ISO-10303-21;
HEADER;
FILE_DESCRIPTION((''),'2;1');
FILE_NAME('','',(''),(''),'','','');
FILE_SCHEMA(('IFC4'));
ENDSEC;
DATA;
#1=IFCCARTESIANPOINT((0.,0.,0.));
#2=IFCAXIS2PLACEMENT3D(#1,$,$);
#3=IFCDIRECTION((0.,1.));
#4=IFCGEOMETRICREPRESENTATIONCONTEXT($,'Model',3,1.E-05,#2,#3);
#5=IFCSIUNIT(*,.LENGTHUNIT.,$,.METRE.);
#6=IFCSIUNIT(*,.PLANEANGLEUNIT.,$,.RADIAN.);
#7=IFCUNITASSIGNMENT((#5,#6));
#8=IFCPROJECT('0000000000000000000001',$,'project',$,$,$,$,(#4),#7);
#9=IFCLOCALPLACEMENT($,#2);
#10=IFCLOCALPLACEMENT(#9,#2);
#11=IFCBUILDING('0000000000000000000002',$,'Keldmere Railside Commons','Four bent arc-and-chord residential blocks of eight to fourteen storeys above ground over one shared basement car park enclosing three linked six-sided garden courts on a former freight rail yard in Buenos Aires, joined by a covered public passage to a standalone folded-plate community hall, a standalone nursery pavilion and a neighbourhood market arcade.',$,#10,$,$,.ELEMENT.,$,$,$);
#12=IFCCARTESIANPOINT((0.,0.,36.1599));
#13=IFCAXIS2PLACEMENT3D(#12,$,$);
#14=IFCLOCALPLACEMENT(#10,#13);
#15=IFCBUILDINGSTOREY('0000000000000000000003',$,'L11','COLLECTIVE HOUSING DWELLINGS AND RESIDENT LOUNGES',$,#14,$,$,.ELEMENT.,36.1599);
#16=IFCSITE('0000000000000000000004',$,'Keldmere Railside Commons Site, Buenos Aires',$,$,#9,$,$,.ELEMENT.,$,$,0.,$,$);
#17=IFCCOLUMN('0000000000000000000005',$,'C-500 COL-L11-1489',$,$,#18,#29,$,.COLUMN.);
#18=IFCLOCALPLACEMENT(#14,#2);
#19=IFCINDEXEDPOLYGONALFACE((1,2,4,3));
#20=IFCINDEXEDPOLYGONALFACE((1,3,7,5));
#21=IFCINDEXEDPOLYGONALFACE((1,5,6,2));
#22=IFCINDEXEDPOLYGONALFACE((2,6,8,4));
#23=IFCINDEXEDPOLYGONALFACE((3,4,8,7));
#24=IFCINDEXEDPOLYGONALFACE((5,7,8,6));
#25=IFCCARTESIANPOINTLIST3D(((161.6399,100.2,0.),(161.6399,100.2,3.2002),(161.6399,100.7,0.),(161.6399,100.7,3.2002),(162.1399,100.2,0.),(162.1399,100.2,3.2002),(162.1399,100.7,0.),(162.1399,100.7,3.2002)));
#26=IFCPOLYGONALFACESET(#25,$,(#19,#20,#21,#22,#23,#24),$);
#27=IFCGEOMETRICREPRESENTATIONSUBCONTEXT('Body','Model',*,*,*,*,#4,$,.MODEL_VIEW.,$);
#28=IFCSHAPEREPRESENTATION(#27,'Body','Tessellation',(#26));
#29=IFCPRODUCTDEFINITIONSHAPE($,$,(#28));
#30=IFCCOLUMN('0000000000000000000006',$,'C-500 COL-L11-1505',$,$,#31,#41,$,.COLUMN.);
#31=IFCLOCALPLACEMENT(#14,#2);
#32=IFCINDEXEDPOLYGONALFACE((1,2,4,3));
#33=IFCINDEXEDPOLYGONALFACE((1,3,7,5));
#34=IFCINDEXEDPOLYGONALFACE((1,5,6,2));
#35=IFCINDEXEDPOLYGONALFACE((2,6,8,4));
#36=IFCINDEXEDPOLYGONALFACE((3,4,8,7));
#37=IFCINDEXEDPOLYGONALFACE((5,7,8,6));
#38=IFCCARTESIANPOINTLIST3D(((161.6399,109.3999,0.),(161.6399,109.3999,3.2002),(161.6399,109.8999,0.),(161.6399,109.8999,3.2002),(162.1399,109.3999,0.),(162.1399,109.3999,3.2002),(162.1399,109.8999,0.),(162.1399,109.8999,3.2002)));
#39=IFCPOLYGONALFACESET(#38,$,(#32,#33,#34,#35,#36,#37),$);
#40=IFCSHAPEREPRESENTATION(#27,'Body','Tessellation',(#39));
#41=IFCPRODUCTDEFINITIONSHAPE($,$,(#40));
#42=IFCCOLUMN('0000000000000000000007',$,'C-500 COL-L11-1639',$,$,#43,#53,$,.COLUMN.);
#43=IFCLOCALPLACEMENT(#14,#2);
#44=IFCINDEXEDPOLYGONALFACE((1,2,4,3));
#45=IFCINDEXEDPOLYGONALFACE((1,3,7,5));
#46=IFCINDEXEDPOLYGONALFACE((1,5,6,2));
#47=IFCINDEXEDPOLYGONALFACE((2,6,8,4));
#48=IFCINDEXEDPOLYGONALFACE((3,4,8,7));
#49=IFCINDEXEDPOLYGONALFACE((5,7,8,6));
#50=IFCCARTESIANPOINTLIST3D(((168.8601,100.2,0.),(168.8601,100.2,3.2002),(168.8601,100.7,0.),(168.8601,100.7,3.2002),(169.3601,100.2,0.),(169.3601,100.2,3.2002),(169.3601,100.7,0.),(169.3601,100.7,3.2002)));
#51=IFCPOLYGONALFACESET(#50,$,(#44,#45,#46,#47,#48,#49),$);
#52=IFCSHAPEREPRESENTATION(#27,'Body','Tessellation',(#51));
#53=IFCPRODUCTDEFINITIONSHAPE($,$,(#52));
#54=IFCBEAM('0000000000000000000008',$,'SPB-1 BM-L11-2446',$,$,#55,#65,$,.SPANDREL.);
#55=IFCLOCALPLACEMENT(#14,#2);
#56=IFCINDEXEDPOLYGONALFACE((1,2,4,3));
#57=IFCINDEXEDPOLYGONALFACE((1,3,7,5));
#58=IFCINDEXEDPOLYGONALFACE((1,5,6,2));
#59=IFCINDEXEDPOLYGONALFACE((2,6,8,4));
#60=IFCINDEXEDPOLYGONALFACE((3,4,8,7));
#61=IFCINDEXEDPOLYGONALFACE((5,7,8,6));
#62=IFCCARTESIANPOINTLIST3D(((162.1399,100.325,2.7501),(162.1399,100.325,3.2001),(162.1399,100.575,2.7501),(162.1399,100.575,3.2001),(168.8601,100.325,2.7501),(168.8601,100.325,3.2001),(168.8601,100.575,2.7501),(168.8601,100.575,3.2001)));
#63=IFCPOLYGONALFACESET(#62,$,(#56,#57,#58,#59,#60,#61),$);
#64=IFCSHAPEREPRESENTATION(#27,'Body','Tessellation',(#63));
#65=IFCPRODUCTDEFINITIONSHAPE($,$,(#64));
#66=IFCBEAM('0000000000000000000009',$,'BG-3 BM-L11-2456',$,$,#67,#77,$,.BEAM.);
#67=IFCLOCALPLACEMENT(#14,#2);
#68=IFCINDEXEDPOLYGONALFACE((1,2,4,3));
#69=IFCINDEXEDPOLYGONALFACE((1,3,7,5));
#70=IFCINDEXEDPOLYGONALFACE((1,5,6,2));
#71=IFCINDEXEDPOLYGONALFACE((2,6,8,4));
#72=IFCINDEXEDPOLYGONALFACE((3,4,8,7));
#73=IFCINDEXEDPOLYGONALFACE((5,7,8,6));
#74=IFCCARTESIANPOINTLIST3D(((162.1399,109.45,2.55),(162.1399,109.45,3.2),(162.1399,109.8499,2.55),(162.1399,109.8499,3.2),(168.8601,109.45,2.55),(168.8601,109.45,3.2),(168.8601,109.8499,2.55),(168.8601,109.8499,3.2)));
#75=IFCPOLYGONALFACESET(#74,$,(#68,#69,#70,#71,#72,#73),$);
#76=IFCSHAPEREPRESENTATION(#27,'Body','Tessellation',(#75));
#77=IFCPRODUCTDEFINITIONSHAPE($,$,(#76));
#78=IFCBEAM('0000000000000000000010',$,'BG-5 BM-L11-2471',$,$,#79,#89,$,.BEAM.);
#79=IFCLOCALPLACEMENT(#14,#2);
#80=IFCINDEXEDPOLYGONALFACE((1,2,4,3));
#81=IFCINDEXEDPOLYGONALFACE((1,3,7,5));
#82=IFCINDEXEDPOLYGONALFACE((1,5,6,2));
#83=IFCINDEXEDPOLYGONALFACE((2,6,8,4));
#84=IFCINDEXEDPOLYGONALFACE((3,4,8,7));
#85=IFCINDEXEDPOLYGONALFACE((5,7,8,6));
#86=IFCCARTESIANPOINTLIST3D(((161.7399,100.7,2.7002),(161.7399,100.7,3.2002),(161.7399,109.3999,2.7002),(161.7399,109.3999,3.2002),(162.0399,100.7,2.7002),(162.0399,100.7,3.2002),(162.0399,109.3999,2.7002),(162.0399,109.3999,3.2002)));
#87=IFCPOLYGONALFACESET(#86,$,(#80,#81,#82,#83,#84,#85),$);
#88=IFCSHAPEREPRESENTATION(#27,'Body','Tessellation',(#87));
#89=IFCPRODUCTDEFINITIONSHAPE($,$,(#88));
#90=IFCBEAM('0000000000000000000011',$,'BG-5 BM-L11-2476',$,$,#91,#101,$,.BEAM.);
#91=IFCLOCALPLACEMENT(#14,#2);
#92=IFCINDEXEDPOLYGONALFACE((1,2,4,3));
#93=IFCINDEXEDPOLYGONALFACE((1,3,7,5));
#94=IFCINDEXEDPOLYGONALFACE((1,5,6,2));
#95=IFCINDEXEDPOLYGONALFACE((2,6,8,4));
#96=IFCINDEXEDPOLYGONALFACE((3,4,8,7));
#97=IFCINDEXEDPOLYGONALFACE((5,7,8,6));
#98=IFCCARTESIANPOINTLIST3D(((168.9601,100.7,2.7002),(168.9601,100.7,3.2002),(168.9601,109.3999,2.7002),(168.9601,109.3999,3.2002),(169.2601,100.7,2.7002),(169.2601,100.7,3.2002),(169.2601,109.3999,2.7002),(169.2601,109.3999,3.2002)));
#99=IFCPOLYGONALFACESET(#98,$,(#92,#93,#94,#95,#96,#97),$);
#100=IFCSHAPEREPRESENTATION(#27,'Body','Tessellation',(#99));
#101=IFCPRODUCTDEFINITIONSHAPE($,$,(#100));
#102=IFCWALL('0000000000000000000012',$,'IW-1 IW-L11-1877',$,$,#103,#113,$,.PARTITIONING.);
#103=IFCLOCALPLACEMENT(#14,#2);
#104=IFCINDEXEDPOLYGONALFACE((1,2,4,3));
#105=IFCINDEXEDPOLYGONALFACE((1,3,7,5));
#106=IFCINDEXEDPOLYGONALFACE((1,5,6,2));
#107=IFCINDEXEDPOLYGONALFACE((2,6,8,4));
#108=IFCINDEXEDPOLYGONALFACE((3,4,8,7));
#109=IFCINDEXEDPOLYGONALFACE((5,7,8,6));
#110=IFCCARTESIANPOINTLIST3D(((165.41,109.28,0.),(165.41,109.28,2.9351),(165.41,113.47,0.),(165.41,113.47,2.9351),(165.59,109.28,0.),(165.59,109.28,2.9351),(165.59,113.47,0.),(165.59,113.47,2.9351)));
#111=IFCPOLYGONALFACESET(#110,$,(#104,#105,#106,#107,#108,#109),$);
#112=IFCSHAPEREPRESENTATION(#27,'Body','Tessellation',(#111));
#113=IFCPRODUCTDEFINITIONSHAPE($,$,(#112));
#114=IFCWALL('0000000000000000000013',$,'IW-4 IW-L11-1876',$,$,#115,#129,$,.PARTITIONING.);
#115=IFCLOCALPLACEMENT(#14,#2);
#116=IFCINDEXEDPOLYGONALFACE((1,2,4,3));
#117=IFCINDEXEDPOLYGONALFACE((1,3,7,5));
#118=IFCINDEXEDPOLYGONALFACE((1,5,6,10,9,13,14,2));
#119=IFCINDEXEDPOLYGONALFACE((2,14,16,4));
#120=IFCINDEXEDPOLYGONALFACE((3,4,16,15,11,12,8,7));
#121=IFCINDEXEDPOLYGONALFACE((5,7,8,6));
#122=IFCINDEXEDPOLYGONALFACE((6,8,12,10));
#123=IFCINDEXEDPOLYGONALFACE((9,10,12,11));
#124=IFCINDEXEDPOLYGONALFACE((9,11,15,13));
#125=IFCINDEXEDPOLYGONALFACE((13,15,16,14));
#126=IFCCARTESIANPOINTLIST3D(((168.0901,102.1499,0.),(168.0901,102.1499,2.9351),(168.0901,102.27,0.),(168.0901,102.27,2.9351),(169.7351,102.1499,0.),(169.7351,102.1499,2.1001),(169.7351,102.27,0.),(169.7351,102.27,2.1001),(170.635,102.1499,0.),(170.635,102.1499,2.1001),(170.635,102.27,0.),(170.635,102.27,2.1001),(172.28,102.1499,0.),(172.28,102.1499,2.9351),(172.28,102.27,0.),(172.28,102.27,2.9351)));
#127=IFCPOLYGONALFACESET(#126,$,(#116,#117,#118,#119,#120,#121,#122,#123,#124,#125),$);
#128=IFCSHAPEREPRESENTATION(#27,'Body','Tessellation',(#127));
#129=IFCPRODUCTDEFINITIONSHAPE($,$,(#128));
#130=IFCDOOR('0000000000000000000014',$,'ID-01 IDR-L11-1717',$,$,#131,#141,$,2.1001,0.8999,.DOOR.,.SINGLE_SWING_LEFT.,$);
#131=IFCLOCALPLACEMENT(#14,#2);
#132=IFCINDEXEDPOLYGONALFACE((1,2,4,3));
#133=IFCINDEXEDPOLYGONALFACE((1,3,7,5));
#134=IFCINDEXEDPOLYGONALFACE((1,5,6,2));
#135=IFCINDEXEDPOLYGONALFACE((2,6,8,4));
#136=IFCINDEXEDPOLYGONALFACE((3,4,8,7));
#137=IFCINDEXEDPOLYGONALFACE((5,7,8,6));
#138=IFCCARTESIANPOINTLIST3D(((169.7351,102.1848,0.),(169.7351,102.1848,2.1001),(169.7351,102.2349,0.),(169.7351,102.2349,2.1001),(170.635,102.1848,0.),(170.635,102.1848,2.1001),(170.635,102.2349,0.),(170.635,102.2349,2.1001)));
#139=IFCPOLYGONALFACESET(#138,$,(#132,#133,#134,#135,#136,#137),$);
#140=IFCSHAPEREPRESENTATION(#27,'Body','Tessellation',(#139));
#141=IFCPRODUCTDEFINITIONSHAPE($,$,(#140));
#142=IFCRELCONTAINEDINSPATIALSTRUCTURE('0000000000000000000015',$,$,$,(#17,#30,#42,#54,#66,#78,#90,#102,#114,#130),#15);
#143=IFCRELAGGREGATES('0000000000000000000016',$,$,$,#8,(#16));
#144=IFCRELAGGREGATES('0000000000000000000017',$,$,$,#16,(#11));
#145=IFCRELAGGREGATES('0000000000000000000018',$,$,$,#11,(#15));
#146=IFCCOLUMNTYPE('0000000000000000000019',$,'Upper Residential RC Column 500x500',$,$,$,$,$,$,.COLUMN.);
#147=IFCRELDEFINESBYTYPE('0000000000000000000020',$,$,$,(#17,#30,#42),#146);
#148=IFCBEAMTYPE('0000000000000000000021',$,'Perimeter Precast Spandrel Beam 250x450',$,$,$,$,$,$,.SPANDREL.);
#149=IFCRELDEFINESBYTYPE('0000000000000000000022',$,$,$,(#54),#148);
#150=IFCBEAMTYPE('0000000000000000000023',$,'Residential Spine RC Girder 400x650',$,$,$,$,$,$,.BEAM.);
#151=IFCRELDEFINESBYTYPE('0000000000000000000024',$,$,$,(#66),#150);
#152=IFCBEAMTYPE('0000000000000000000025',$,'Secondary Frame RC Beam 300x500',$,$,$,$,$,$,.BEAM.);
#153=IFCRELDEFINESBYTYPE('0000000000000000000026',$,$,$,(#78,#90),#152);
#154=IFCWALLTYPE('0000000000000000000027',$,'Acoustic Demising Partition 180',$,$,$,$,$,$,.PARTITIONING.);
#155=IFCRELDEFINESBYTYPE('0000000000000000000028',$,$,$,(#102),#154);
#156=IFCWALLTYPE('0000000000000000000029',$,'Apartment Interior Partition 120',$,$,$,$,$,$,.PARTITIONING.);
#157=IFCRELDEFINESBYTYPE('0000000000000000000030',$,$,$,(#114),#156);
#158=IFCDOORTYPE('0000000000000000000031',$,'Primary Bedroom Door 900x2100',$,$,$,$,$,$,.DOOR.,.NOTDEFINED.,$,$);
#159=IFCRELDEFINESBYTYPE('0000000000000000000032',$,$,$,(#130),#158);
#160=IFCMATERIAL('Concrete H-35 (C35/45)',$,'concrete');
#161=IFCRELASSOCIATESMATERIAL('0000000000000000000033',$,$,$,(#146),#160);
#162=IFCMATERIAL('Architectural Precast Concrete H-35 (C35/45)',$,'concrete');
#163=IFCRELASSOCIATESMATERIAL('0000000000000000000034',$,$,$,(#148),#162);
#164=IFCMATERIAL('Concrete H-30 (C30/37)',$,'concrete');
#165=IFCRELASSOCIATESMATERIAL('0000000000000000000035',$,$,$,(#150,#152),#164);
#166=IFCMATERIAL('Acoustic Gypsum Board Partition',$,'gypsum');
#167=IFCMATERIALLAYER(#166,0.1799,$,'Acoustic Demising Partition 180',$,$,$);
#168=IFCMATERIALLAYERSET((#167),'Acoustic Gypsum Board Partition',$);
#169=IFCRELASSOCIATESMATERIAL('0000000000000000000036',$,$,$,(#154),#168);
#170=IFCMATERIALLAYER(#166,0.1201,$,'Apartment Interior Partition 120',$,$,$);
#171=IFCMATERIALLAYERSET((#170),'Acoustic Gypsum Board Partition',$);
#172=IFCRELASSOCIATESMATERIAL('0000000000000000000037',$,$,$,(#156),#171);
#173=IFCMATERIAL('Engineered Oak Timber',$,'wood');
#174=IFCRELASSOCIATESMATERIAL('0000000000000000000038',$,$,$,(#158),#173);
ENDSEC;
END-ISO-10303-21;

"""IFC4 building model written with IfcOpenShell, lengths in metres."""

from ifc_helpers import new_model, si_unit, direction, frame, frame_2d, origin, origin_2d, place, context, subcontext, project, spatial, rectangle, extrude, material, layer, layer_set, material_profile, profile_set, type_object, element, fill, save


model = new_model("IFC4")

# Units and contexts
model_context = context("Model", 3, precision=1e-05, world=origin(), true_north=direction((0.0, 1.0)))
body_context = subcontext(model_context, "Body", "Model", "MODEL_VIEW")
ifc_project = project(units=[si_unit("LENGTHUNIT", "METRE"), si_unit("PLANEANGLEUNIT", "RADIAN")], contexts=[model_context])

# Site, building, storey
site_placement = place(None, origin())
site = spatial("IfcSite", under=ifc_project, at=site_placement, Name="Keldmere Railside Commons Site, Buenos Aires", CompositionType="ELEMENT", RefElevation=0.0)
building_placement = place(site_placement, origin())
building = spatial("IfcBuilding", under=site, at=building_placement, Name="Keldmere Railside Commons", Description="Four bent arc-and-chord residential blocks of eight to fourteen storeys above ground over one shared basement car park enclosing three linked six-sided garden courts on a former freight rail yard in Buenos Aires, joined by a covered public passage to a standalone folded-plate community hall, a standalone nursery pavilion and a neighbourhood market arcade.", CompositionType="ELEMENT")
storey_placement = place(building_placement, frame((0.0, 0.0, 36.1599)))
storey = spatial("IfcBuildingStorey", under=building, at=storey_placement, Name="L11", Description="COLLECTIVE HOUSING DWELLINGS AND RESIDENT LOUNGES", CompositionType="ELEMENT", Elevation=36.1599)

# Columns
ifc_material_1 = material(Name="Concrete H-35 (C35/45)", Category="concrete")
ifc_material_profile_1 = material_profile(ifc_material_1, rectangle(XDim=0.5, YDim=0.5, at=origin_2d()), Name="RC-500x500")
ifc_profile_set_1 = profile_set([ifc_material_profile_1], Name="Concrete H-35 (C35/45)")
column_type = type_object("IfcColumnType", Name="Upper Residential RC Column 500x500", PredefinedType="COLUMN", material=ifc_profile_set_1)
for number, where, z_axis, x_axis, name in (
    (1, (161.8899, 100.45, 0.0), (0.0, 0.0, 1.0), (1.0, 0.0, 0.0), "C-500 COL-L11-1489"),
    (2, (161.8899, 109.6499, 0.0), (0.0, 0.0, 1.0), (1.0, 0.0, 0.0), "C-500 COL-L11-1505"),
    (3, (169.1101, 100.45, 0.0), (0.0, 0.0, 1.0), (1.0, 0.0, 0.0), "C-500 COL-L11-1639"),
):
    element("IfcColumn", number, at=place(storey_placement, frame(where, z_axis=z_axis, x_axis=x_axis)), inside=storey, type_object=column_type, Name=name, PredefinedType="COLUMN", context=body_context, shape_type="SweptSolid", body=[
        extrude(rectangle(XDim=0.5, YDim=0.5, at=origin_2d()), origin(), (0.0, 0.0, 1.0), 3.2002),
    ])

# Beams
ifc_material_2 = material(Name="Architectural Precast Concrete H-35 (C35/45)", Category="concrete")
ifc_material_profile_2 = material_profile(ifc_material_2, rectangle(XDim=0.25, YDim=0.45, at=origin_2d()), Name="RC-250x450")
ifc_profile_set_2 = profile_set([ifc_material_profile_2], Name="Architectural Precast Concrete H-35 (C35/45)")
beam_type_1 = type_object("IfcBeamType", Name="Perimeter Precast Spandrel Beam 250x450", PredefinedType="SPANDREL", material=ifc_profile_set_2)
beam_1_placement = place(storey_placement, frame((162.1399, 100.45, 2.9751), z_axis=(1.0, 0.0, 0.0), x_axis=(0.0, 1.0, 0.0)))
element("IfcBeam", 4, at=beam_1_placement, inside=storey, type_object=beam_type_1, Name="SPB-1 BM-L11-2446", PredefinedType="SPANDREL", context=body_context, shape_type="SweptSolid", body=[
    extrude(rectangle(XDim=0.25, YDim=0.45, at=origin_2d()), origin(), (0.0, 0.0, 1.0), 6.7202),
])
ifc_material_3 = material(Name="Concrete H-30 (C30/37)", Category="concrete")
ifc_material_profile_3 = material_profile(ifc_material_3, rectangle(XDim=0.3999, YDim=0.6499, at=origin_2d()), Name="RC-400x650")
ifc_profile_set_3 = profile_set([ifc_material_profile_3], Name="Concrete H-30 (C30/37)")
beam_type_2 = type_object("IfcBeamType", Name="Residential Spine RC Girder 400x650", PredefinedType="BEAM", material=ifc_profile_set_3)
beam_2_placement = place(storey_placement, frame((162.1399, 109.6499, 2.875), z_axis=(1.0, 0.0, 0.0), x_axis=(0.0, 1.0, 0.0)))
element("IfcBeam", 5, at=beam_2_placement, inside=storey, type_object=beam_type_2, Name="BG-3 BM-L11-2456", PredefinedType="BEAM", context=body_context, shape_type="SweptSolid", body=[
    extrude(rectangle(XDim=0.3999, YDim=0.6499, at=origin_2d()), origin(), (0.0, 0.0, 1.0), 6.7202),
])
ifc_material_profile_4 = material_profile(ifc_material_3, rectangle(XDim=0.3, YDim=0.5, at=origin_2d()), Name="RC-300x500")
ifc_profile_set_4 = profile_set([ifc_material_profile_4], Name="Concrete H-30 (C30/37)")
beam_type_3 = type_object("IfcBeamType", Name="Secondary Frame RC Beam 300x500", PredefinedType="BEAM", material=ifc_profile_set_4)
for number, where, z_axis, x_axis, name in (
    (6, (161.8899, 100.7, 2.9502), (0.0, 1.0, 0.0), (-1.0, 0.0, 0.0), "BG-5 BM-L11-2471"),
    (7, (169.1101, 100.7, 2.9502), (0.0, 1.0, 0.0), (-1.0, 0.0, 0.0), "BG-5 BM-L11-2476"),
):
    element("IfcBeam", number, at=place(storey_placement, frame(where, z_axis=z_axis, x_axis=x_axis)), inside=storey, type_object=beam_type_3, Name=name, PredefinedType="BEAM", context=body_context, shape_type="SweptSolid", body=[
        extrude(rectangle(XDim=0.3, YDim=0.5, at=origin_2d()), origin(), (0.0, 0.0, 1.0), 8.7),
    ])

# Wall
ifc_material_4 = material(Name="Acoustic Gypsum Board Partition", Category="gypsum")
ifc_layer_1 = layer(ifc_material_4, 0.1799, Name="Acoustic Demising Partition 180")
ifc_layer_set_1 = layer_set([ifc_layer_1], Name="Acoustic Gypsum Board Partition")
wall_type_1 = type_object("IfcWallType", Name="Acoustic Demising Partition 180", PredefinedType="PARTITIONING", material=ifc_layer_set_1)
wall_1_placement = place(storey_placement, frame((165.5, 109.28, 0.0), z_axis=(0.0, 0.0, 1.0), x_axis=(0.0, 1.0, 0.0)))
element("IfcWall", 8, at=wall_1_placement, inside=storey, type_object=wall_type_1, Name="IW-1 IW-L11-1877", PredefinedType="PARTITIONING", context=body_context, shape_type="SweptSolid", body=[
    extrude(rectangle(XDim=4.1899, YDim=0.1799, at=frame_2d((2.095, 0.0))), origin(), (0.0, 0.0, 1.0), 2.9351),
])

# Wall, opening, door
ifc_layer_2 = layer(ifc_material_4, 0.1201, Name="Apartment Interior Partition 120")
ifc_layer_set_2 = layer_set([ifc_layer_2], Name="Acoustic Gypsum Board Partition")
wall_type_2 = type_object("IfcWallType", Name="Apartment Interior Partition 120", PredefinedType="PARTITIONING", material=ifc_layer_set_2)
wall_2_placement = place(storey_placement, frame((168.0901, 102.21, 0.0), z_axis=(0.0, 0.0, 1.0), x_axis=(1.0, 0.0, 0.0)))
wall_2 = element("IfcWall", 9, at=wall_2_placement, inside=storey, type_object=wall_type_2, Name="IW-4 IW-L11-1876", PredefinedType="PARTITIONING", context=body_context, shape_type="SweptSolid", body=[
    extrude(rectangle(XDim=4.1899, YDim=0.1201, at=frame_2d((2.095, 0.0))), origin(), (0.0, 0.0, 1.0), 2.9351),
])
opening_1_placement = place(wall_2_placement, frame((1.645, 0.0, 0.0)))
opening_1 = element("IfcOpeningElement", 10, at=opening_1_placement, cuts=wall_2, PredefinedType="OPENING", context=body_context, shape_type="SweptSolid", body=[
    extrude(rectangle(XDim=0.8999, YDim=2.1001, at=frame_2d((0.45, 1.05))), frame((0.0, 0.0701, 0.0), z_axis=(0.0, -1.0, 0.0), x_axis=(1.0, 0.0, 0.0)), (0.0, 0.0, 1.0), 0.1401),
])
ifc_material_5 = material(Name="Engineered Oak Timber", Category="wood")
door_type_1 = type_object("IfcDoorType", Name="Primary Bedroom Door 900x2100", OperationType="NOTDEFINED", PredefinedType="DOOR", material=ifc_material_5)
door_1_placement = place(opening_1_placement, origin())
door_1 = element("IfcDoor", 11, at=door_1_placement, inside=storey, type_object=door_type_1, Name="ID-01 IDR-L11-1717", OperationType="SINGLE_SWING_LEFT", OverallHeight=2.1001, OverallWidth=0.8999, PredefinedType="DOOR", context=body_context, shape_type="SweptSolid", body=[
    extrude(rectangle(XDim=0.8999, YDim=2.1001, at=frame_2d((0.45, 1.05))), frame((0.0, 0.0249, 0.0), z_axis=(0.0, -1.0, 0.0), x_axis=(1.0, 0.0, 0.0)), (0.0, 0.0, 1.0), 0.05),
])
fill(opening_1, door_1)

save(model, "model.ifc")
